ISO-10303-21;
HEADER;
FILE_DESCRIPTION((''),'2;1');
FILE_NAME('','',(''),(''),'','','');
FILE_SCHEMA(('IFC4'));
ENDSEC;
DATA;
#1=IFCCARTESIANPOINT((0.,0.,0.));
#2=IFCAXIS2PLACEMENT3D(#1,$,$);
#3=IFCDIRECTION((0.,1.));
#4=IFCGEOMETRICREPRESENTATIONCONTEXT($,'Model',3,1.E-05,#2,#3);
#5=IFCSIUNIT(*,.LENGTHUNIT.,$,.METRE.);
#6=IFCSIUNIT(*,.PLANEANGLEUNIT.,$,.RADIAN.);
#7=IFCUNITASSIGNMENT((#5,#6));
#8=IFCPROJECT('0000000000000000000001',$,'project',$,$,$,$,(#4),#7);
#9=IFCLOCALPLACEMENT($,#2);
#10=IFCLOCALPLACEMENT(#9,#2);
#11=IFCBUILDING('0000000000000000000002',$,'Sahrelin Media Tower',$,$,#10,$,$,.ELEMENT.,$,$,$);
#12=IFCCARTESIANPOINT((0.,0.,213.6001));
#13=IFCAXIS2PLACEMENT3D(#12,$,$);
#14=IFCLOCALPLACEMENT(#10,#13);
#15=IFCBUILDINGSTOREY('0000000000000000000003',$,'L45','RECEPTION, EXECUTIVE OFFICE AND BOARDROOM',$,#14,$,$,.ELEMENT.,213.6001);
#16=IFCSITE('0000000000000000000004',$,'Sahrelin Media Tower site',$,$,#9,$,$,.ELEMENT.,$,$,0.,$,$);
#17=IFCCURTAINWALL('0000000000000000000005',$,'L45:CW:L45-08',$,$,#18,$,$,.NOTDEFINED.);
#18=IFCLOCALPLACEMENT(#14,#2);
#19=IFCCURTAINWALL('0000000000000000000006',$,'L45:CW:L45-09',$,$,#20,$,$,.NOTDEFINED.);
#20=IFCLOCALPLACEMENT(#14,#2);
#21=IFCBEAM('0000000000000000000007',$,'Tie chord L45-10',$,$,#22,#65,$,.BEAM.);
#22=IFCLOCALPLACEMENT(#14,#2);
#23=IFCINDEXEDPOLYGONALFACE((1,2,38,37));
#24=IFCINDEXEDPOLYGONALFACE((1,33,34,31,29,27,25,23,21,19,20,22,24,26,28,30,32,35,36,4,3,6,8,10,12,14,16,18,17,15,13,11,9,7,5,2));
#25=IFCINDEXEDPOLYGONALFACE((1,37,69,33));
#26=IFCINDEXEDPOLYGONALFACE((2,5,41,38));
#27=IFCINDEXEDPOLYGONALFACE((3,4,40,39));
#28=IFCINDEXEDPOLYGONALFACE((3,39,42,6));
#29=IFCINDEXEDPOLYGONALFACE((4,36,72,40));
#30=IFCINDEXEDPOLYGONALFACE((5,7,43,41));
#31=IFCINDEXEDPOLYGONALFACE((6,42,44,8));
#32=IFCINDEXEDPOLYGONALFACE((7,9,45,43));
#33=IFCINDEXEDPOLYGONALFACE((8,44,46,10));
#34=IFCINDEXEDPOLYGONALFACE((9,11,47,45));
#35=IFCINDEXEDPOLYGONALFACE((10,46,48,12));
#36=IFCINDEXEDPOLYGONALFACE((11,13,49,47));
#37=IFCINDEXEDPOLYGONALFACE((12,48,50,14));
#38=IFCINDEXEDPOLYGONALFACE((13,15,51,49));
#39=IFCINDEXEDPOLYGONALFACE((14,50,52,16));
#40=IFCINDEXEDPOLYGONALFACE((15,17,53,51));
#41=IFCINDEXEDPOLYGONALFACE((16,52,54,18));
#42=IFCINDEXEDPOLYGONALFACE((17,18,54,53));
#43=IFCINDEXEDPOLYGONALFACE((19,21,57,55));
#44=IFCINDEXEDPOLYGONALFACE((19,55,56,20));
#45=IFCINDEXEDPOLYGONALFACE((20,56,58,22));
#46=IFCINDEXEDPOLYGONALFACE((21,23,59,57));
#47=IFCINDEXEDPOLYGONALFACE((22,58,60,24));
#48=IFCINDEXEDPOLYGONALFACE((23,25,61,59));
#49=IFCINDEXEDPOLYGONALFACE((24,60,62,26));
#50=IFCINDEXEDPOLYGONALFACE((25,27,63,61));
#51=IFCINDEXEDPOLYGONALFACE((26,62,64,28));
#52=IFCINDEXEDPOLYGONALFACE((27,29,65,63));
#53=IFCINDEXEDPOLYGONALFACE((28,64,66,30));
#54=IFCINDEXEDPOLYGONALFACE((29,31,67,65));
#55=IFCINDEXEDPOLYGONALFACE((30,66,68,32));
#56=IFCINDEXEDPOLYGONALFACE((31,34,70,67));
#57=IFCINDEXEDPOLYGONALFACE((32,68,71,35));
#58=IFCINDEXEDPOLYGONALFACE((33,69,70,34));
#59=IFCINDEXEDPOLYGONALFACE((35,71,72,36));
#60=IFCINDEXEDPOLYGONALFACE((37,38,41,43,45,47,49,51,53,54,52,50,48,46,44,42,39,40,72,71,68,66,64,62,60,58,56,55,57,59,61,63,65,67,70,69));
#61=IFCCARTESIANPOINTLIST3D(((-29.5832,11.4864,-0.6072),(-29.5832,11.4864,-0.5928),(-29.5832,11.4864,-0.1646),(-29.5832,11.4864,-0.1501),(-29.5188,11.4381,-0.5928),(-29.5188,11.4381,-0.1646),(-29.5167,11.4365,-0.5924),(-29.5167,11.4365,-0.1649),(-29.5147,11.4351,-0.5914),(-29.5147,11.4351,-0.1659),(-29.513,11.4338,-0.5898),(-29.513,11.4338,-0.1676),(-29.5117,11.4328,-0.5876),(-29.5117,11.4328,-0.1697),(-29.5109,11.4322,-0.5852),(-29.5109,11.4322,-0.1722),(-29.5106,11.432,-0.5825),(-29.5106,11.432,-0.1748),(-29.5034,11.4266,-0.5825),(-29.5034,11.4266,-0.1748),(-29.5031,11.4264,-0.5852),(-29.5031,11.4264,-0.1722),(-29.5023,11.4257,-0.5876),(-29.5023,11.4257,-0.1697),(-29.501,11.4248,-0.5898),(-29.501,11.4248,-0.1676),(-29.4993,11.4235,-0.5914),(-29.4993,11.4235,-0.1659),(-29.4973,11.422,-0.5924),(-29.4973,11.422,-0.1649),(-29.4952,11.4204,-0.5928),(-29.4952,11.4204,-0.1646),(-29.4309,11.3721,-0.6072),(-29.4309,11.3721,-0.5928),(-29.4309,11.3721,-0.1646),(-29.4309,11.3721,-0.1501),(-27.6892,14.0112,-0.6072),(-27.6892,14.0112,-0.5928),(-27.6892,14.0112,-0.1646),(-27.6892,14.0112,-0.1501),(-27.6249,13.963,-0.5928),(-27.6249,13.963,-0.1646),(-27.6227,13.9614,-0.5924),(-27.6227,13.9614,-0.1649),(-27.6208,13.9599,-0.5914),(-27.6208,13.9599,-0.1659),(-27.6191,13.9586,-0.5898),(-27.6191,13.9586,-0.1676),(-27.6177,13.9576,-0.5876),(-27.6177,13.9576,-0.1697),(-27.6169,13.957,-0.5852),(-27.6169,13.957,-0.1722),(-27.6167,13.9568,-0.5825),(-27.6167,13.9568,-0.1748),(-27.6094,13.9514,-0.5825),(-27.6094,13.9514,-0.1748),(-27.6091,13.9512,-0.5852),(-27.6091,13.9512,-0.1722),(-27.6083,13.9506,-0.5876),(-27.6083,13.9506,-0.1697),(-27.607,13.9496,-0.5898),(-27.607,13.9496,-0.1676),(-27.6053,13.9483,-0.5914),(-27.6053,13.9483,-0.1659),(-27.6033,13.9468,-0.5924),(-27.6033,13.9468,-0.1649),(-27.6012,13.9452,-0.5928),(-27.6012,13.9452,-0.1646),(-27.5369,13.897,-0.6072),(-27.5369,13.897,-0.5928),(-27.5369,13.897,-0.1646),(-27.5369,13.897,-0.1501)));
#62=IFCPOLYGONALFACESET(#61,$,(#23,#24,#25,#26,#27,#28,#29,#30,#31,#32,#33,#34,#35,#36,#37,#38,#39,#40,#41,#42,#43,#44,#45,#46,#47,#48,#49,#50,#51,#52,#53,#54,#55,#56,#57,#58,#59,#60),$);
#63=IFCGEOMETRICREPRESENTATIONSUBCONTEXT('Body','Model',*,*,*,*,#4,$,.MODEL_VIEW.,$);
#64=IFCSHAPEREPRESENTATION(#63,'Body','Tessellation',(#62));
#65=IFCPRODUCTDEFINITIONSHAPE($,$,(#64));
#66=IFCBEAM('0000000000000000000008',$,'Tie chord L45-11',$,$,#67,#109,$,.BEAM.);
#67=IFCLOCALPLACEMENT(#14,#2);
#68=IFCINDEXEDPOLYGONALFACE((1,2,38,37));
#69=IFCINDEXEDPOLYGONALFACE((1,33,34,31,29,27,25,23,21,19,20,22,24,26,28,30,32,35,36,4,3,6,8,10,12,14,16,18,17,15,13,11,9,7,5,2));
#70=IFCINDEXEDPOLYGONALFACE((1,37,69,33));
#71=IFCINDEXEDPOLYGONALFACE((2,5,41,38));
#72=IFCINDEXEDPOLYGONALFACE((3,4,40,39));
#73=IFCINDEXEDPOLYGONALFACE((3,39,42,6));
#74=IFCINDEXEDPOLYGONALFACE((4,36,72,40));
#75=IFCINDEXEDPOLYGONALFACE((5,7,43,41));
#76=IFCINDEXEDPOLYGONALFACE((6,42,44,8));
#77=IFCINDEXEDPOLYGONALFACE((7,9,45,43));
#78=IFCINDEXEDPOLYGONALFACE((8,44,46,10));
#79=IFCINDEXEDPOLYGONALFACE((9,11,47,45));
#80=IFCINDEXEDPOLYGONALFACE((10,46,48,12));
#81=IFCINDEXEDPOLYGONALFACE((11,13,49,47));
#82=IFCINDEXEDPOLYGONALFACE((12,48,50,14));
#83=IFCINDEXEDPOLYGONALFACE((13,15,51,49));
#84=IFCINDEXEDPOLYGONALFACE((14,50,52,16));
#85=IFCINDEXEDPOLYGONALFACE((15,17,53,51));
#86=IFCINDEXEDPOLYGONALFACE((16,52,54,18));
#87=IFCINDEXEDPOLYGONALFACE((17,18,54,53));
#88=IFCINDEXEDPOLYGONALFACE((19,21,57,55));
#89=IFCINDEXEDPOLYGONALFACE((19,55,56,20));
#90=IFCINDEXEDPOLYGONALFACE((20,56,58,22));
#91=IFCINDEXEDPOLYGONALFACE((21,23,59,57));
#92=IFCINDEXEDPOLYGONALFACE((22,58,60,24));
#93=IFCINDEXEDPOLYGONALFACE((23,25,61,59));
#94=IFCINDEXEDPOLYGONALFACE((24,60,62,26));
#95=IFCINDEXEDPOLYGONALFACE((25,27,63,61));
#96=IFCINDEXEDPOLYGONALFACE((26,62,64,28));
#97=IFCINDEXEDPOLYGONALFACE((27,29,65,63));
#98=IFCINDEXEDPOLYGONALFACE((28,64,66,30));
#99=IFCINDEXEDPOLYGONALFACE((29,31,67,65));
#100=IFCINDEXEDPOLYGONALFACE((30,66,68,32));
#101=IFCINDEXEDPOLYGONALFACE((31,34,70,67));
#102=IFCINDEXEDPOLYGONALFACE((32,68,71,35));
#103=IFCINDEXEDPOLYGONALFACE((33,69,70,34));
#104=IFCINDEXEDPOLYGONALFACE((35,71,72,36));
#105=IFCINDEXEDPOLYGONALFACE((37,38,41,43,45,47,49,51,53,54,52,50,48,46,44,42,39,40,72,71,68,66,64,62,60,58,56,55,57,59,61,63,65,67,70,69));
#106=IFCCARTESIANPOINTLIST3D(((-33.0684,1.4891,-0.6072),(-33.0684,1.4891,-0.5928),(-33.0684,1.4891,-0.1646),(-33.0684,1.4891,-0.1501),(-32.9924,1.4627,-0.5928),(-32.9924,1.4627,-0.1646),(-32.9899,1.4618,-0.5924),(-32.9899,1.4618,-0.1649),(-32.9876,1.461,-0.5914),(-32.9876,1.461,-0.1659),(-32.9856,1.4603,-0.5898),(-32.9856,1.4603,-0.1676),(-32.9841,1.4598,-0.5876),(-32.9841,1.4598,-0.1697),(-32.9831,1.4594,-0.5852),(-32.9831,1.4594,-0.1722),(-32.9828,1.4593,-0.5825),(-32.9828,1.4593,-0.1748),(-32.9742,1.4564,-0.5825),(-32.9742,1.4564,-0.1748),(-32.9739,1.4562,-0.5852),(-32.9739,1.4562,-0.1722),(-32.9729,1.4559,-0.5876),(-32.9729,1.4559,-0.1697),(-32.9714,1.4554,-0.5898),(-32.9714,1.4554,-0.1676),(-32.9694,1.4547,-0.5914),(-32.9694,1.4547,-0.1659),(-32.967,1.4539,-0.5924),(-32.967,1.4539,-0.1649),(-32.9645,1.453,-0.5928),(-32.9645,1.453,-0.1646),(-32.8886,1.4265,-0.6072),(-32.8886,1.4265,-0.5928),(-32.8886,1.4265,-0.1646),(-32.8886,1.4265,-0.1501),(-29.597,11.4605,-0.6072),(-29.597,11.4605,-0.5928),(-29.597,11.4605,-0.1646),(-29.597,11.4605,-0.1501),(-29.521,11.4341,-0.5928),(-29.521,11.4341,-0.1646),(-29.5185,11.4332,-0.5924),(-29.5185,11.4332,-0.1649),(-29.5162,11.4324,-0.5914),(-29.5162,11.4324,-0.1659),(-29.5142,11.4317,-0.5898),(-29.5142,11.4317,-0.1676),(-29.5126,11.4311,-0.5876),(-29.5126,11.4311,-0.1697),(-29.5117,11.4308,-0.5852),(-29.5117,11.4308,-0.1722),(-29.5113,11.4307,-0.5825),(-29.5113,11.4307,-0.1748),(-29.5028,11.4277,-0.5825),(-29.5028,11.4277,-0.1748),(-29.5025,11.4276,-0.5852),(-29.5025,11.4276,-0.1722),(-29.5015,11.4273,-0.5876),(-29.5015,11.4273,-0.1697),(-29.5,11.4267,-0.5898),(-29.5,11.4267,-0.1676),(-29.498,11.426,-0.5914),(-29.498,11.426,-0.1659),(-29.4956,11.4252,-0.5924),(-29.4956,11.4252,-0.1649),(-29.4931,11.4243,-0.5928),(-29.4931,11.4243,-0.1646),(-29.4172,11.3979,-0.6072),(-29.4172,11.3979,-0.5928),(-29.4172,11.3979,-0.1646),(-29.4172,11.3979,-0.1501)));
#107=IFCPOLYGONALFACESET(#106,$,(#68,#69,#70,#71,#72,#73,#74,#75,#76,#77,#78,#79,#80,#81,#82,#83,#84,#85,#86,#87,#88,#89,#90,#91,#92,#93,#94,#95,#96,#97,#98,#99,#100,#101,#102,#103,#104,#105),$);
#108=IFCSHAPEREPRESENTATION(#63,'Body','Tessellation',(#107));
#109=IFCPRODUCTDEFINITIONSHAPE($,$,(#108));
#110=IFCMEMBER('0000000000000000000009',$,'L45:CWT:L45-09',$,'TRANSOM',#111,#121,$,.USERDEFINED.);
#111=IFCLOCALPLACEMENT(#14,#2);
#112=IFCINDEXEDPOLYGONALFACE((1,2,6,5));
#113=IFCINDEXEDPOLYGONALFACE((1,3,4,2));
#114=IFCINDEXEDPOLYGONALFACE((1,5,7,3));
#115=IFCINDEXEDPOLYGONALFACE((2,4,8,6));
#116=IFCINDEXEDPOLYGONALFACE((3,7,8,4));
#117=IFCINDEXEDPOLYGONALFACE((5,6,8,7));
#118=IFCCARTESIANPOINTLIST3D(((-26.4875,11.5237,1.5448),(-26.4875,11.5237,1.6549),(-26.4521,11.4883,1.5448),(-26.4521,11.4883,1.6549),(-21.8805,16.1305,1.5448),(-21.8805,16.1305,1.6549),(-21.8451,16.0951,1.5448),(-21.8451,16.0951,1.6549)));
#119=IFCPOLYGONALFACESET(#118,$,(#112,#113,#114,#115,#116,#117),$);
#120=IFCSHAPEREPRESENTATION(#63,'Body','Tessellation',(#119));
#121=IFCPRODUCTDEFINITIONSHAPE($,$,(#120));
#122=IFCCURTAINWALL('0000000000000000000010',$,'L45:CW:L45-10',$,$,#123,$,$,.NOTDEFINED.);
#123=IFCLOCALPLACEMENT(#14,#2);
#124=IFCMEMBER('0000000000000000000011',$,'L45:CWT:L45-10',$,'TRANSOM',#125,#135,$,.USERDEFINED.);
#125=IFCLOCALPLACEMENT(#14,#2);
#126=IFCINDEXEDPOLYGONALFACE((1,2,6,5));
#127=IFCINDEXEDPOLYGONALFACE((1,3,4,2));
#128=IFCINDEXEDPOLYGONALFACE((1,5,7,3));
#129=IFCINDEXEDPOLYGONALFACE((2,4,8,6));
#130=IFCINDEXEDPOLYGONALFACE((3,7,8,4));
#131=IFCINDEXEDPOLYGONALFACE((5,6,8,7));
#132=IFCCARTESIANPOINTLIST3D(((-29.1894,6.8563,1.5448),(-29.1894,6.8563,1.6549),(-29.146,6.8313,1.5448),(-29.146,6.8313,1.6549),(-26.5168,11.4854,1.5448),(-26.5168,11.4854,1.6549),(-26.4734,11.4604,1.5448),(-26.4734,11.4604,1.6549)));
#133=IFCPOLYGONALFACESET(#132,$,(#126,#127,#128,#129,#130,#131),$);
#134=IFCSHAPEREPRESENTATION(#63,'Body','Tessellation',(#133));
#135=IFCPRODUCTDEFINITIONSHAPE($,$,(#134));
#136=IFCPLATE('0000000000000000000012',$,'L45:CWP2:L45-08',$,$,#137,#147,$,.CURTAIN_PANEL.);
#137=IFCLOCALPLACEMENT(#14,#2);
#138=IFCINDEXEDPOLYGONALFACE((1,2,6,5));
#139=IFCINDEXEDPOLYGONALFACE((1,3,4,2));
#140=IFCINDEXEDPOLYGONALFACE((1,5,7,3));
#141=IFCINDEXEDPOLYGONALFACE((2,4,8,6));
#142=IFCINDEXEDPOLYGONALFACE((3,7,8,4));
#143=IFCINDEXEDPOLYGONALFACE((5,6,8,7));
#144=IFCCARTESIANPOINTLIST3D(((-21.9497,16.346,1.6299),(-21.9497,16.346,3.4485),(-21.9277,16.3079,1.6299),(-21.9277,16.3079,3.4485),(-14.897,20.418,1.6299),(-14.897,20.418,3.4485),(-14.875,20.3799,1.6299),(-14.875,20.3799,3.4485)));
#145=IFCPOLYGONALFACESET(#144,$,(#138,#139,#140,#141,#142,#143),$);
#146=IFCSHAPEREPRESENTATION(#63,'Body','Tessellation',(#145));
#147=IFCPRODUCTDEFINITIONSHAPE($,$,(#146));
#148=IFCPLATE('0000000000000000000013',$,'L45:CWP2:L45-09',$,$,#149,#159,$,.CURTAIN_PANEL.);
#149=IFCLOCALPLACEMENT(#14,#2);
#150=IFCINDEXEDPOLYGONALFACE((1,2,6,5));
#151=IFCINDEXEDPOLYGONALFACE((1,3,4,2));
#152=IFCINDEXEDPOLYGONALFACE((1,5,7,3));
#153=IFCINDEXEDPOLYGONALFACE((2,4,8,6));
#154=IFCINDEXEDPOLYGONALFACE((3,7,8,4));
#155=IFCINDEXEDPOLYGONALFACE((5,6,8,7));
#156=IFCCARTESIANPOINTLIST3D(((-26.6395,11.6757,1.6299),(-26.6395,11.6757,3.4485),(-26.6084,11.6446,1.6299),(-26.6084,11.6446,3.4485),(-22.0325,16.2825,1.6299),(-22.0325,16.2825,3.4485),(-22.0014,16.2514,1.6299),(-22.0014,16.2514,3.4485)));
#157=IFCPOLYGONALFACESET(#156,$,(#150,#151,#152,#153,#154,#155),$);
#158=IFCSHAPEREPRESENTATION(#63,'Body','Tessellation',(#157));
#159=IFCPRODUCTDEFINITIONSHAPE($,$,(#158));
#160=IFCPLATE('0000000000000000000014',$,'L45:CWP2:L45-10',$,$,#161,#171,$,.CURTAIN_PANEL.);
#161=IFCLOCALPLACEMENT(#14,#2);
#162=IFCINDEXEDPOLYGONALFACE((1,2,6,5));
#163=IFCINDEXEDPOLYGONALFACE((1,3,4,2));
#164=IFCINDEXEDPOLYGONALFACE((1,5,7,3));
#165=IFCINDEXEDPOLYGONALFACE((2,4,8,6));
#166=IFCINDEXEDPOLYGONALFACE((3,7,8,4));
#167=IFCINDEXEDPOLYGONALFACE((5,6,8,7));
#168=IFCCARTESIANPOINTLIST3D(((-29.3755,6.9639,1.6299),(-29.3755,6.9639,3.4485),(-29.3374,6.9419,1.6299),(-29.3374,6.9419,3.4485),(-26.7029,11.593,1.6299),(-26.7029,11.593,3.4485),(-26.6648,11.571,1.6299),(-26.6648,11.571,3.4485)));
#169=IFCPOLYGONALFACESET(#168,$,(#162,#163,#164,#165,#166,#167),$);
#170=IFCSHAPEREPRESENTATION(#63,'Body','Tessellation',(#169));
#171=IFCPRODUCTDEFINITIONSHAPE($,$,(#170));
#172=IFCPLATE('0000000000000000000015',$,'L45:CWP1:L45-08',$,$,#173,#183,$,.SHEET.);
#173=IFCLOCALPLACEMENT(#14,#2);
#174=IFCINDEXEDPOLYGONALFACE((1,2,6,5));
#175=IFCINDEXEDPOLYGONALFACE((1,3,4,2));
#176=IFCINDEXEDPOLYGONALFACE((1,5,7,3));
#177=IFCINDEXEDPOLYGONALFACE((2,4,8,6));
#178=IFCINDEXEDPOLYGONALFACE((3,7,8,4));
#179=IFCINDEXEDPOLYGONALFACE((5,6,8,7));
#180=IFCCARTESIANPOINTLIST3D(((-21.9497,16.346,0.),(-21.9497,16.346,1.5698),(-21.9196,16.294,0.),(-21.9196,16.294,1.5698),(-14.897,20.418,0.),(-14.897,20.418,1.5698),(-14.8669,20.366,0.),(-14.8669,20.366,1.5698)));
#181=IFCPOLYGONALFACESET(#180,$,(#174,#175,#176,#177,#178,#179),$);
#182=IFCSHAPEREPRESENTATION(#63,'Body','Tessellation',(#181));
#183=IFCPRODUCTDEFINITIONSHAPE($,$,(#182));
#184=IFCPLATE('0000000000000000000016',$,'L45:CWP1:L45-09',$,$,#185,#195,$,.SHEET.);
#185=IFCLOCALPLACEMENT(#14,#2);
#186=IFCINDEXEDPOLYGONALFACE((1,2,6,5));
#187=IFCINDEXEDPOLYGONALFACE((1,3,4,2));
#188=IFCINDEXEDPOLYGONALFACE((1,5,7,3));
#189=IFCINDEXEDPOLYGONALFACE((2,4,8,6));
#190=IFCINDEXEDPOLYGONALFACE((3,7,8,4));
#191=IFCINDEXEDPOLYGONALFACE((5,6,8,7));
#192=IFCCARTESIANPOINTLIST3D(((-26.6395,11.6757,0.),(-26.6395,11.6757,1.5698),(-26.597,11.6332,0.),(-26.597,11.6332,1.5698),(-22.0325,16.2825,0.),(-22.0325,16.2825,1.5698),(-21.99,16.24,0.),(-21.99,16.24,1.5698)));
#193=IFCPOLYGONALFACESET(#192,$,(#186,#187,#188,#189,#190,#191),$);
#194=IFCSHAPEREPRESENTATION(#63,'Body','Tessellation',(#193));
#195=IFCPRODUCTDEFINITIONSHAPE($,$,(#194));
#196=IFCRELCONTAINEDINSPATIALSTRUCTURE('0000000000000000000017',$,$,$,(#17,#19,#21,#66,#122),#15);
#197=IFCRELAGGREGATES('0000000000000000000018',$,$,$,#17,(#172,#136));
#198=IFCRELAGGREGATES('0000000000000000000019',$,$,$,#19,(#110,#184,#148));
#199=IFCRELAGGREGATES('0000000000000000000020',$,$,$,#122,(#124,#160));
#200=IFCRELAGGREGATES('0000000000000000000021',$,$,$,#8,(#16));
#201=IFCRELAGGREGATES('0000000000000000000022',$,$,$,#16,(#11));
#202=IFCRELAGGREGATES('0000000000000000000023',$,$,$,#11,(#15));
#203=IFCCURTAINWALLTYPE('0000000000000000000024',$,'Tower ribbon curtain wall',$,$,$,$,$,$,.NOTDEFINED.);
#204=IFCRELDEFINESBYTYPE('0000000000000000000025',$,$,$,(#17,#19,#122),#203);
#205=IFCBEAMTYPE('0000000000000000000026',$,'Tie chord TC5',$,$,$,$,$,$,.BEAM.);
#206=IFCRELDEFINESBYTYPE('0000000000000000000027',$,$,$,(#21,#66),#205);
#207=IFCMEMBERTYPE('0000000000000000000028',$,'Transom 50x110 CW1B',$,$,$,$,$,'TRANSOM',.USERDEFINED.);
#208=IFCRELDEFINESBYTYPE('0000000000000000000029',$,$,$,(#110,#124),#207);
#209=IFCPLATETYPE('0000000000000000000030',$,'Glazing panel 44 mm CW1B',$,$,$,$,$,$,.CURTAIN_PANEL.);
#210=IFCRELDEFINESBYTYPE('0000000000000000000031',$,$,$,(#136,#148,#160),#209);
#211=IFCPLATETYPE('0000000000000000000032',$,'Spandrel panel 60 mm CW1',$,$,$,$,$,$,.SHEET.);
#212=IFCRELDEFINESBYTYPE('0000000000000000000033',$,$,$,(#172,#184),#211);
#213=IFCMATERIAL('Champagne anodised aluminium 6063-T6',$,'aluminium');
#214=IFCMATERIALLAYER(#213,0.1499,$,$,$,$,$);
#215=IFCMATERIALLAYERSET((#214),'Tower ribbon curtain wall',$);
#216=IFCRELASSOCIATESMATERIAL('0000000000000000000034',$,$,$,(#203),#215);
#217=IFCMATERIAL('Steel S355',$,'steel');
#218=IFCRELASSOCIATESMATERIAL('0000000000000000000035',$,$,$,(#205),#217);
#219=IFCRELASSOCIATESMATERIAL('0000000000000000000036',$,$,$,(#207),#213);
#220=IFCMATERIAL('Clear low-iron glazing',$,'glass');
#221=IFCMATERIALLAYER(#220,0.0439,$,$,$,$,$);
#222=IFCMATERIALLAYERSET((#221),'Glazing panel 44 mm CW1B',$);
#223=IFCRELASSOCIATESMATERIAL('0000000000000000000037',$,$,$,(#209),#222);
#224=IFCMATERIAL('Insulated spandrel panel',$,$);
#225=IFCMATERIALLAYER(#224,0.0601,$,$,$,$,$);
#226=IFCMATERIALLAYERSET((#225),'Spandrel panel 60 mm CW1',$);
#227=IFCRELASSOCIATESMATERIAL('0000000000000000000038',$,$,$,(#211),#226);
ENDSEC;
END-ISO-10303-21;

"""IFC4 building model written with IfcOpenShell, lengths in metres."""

from ifc_helpers import new_model, si_unit, direction, frame, origin, origin_2d, place, context, subcontext, project, spatial, polyline, rectangle, i_section, outline, extrude, material, layer, layer_set, material_profile, profile_set, type_object, element, aggregate, save


model = new_model("IFC4")

# Units and contexts
model_context = context("Model", 3, precision=1e-05, world=origin(), true_north=direction((0.0, 1.0)))
body_context = subcontext(model_context, "Body", "Model", "MODEL_VIEW")
ifc_project = project(units=[si_unit("LENGTHUNIT", "METRE"), si_unit("PLANEANGLEUNIT", "RADIAN")], contexts=[model_context])

# Site, building, storey
site_placement = place(None, origin())
site = spatial("IfcSite", under=ifc_project, at=site_placement, Name="Sahrelin Media Tower site", CompositionType="ELEMENT", RefElevation=0.0)
building_placement = place(site_placement, origin())
building = spatial("IfcBuilding", under=site, at=building_placement, Name="Sahrelin Media Tower", CompositionType="ELEMENT")
storey_placement = place(building_placement, frame((0.0, 0.0, 213.6001)))
storey = spatial("IfcBuildingStorey", under=building, at=storey_placement, Name="L45", Description="RECEPTION, EXECUTIVE OFFICE AND BOARDROOM", CompositionType="ELEMENT", Elevation=213.6001)

# Shared definitions
ifc_material_1 = material(Name="Steel S355", Category="steel")

# Curtain walls
ifc_material_2 = material(Name="Champagne anodised aluminium 6063-T6", Category="aluminium")
ifc_layer_1 = layer(ifc_material_2, 0.1499)
ifc_layer_set_1 = layer_set([ifc_layer_1], Name="Tower ribbon curtain wall")
curtain_wall_type = type_object("IfcCurtainWallType", Name="Tower ribbon curtain wall", PredefinedType="NOTDEFINED", material=ifc_layer_set_1)
curtain_wall_1_placement = place(storey_placement, frame((-18.4133, 18.3647, 0.0), z_axis=(0.0, 0.0, 1.0), x_axis=(1.0, 0.0, 0.0)))
curtain_wall_1 = element("IfcCurtainWall", 1, at=curtain_wall_1_placement, inside=storey, type_object=curtain_wall_type, Name="L45:CW:L45-08", PredefinedType="NOTDEFINED")
curtain_wall_2_placement = place(storey_placement, frame((-24.3218, 13.9651, 0.0), z_axis=(0.0, 0.0, 1.0), x_axis=(1.0, 0.0, 0.0)))
curtain_wall_2 = element("IfcCurtainWall", 2, at=curtain_wall_2_placement, inside=storey, type_object=curtain_wall_type, Name="L45:CW:L45-09", PredefinedType="NOTDEFINED")

# Beams
ifc_material_profile_1 = material_profile(ifc_material_1, i_section(OverallWidth=0.1904, OverallDepth=0.457, WebThickness=0.009, FlangeThickness=0.0144, FilletRadius=0.0103, at=origin_2d()), Name="UB 457x191x74")
ifc_profile_set_1 = profile_set([ifc_material_profile_1], Name="Steel S355")
beam_type_1 = type_object("IfcBeamType", Name="Tie chord TC5", PredefinedType="BEAM", material=ifc_profile_set_1)
beam_1_placement = place(storey_placement, frame((-27.613, 13.9541, -0.3787), z_axis=(-0.600074, -0.799944, 0.0), x_axis=(0.799944, -0.600074, 0.0)))
element("IfcBeam", 3, at=beam_1_placement, inside=storey, type_object=beam_type_1, Name="Tie chord L45-10", PredefinedType="BEAM", context=body_context, shape_type="SweptSolid", body=[
    extrude(i_section(OverallWidth=0.1904, OverallDepth=0.457, WebThickness=0.009, FlangeThickness=0.0144, FilletRadius=0.0103, at=origin_2d()), origin(), (0.0, 0.0, 1.0), 3.1562),
])
beam_2_placement = place(storey_placement, frame((-29.5071, 11.4292, -0.3787), z_axis=(-0.328783, -0.944405, 0.0), x_axis=(0.944405, -0.328783, 0.0)))
element("IfcBeam", 4, at=beam_2_placement, inside=storey, type_object=beam_type_1, Name="Tie chord L45-11", PredefinedType="BEAM", context=body_context, shape_type="SweptSolid", body=[
    extrude(i_section(OverallWidth=0.1904, OverallDepth=0.457, WebThickness=0.009, FlangeThickness=0.0144, FilletRadius=0.0103, at=origin_2d()), origin(), (0.0, 0.0, 1.0), 10.5583),
])

# Member
ifc_material_profile_2 = material_profile(ifc_material_2, rectangle(XDim=0.05, YDim=0.1101, at=origin_2d()), Name="Transom 50x110")
ifc_profile_set_2 = profile_set([ifc_material_profile_2], Name="Champagne anodised aluminium 6063-T6")
member_type_1 = type_object("IfcMemberType", Name="Transom 50x110 CW1B", ElementType="TRANSOM", PredefinedType="USERDEFINED", material=ifc_profile_set_2)
member_1_placement = place(storey_placement, frame((-21.8628, 16.1128, 1.5999), z_axis=(-0.707126, -0.707088, 0.0), x_axis=(0.707088, -0.707126, 0.0)))
member_1 = element("IfcMember", 5, at=member_1_placement, type_object=member_type_1, Name="L45:CWT:L45-09", ObjectType="TRANSOM", PredefinedType="USERDEFINED", context=body_context, shape_type="SweptSolid", body=[
    extrude(rectangle(XDim=0.05, YDim=0.1101, at=origin_2d()), origin(), (0.0, 0.0, 1.0), 6.5151),
])

# Curtain wall, member
curtain_wall_3_placement = place(storey_placement, frame((-28.022, 9.2683, 0.0), z_axis=(0.0, 0.0, 1.0), x_axis=(1.0, 0.0, 0.0)))
curtain_wall_3 = element("IfcCurtainWall", 6, at=curtain_wall_3_placement, inside=storey, type_object=curtain_wall_type, Name="L45:CW:L45-10", PredefinedType="NOTDEFINED")
member_2_placement = place(storey_placement, frame((-26.4951, 11.4729, 1.5999), z_axis=(-0.499995, -0.866028, 0.0), x_axis=(0.866028, -0.499995, 0.0)))
member_2 = element("IfcMember", 7, at=member_2_placement, type_object=member_type_1, Name="L45:CWT:L45-10", ObjectType="TRANSOM", PredefinedType="USERDEFINED", context=body_context, shape_type="SweptSolid", body=[
    extrude(rectangle(XDim=0.05, YDim=0.1101, at=origin_2d()), origin(), (0.0, 0.0, 1.0), 5.3452),
])

# Plates
ifc_material_3 = material(Name="Clear low-iron glazing", Category="glass")
ifc_layer_2 = layer(ifc_material_3, 0.0439)
ifc_layer_set_2 = layer_set([ifc_layer_2], Name="Glazing panel 44 mm CW1B")
plate_type_1 = type_object("IfcPlateType", Name="Glazing panel 44 mm CW1B", PredefinedType="CURTAIN_PANEL", material=ifc_layer_set_2)
plate_1_placement = place(storey_placement, frame((-14.897, 20.418, 1.6299), z_axis=(-0.500011, 0.866019, 0.0), x_axis=(-0.866019, -0.500011, 0.0)))
plate_1 = element("IfcPlate", 8, at=plate_1_placement, type_object=plate_type_1, Name="L45:CWP2:L45-08", PredefinedType="CURTAIN_PANEL", context=body_context, shape_type="SweptSolid", body=[
    extrude(outline(polyline([(0.0, 0.0), (8.1438, 0.0), (8.1438, 1.8186), (0.0, 1.8186), (0.0, 0.0)])), origin(), (0.0, 0.0, -1.0), 0.0439),
])
plate_2_placement = place(storey_placement, frame((-22.0325, 16.2825, 1.6299), z_axis=(-0.707088, 0.707126, 0.0), x_axis=(-0.707126, -0.707088, 0.0)))
plate_2 = element("IfcPlate", 9, at=plate_2_placement, type_object=plate_type_1, Name="L45:CWP2:L45-09", PredefinedType="CURTAIN_PANEL", context=body_context, shape_type="SweptSolid", body=[
    extrude(outline(polyline([(0.0, 0.0), (6.5151, 0.0), (6.5151, 1.8186), (0.0, 1.8186), (0.0, 0.0)])), origin(), (0.0, 0.0, -1.0), 0.0439),
])
plate_3_placement = place(storey_placement, frame((-26.7029, 11.593, 1.6299), z_axis=(-0.866028, 0.499995, 0.0), x_axis=(-0.499995, -0.866028, 0.0)))
plate_3 = element("IfcPlate", 10, at=plate_3_placement, type_object=plate_type_1, Name="L45:CWP2:L45-10", PredefinedType="CURTAIN_PANEL", context=body_context, shape_type="SweptSolid", body=[
    extrude(outline(polyline([(0.0, 0.0), (5.3452, 0.0), (5.3452, 1.8186), (0.0, 1.8186), (0.0, 0.0)])), origin(), (0.0, 0.0, -1.0), 0.0439),
])
ifc_material_4 = material(Name="Insulated spandrel panel")
ifc_layer_3 = layer(ifc_material_4, 0.0601)
ifc_layer_set_3 = layer_set([ifc_layer_3], Name="Spandrel panel 60 mm CW1")
plate_type_2 = type_object("IfcPlateType", Name="Spandrel panel 60 mm CW1", PredefinedType="SHEET", material=ifc_layer_set_3)
plate_4_placement = place(storey_placement, frame((-14.897, 20.418, 0.0), z_axis=(-0.500011, 0.866019, 0.0), x_axis=(-0.866019, -0.500011, 0.0)))
plate_4 = element("IfcPlate", 11, at=plate_4_placement, type_object=plate_type_2, Name="L45:CWP1:L45-08", PredefinedType="SHEET", context=body_context, shape_type="SweptSolid", body=[
    extrude(outline(polyline([(0.0, 0.0), (8.1438, 0.0), (8.1438, 1.5698), (0.0, 1.5698), (0.0, 0.0)])), origin(), (0.0, 0.0, -1.0), 0.0601),
])
aggregate(curtain_wall_1, [plate_4, plate_1])
plate_5_placement = place(storey_placement, frame((-22.0325, 16.2825, 0.0), z_axis=(-0.707088, 0.707126, 0.0), x_axis=(-0.707126, -0.707088, 0.0)))
plate_5 = element("IfcPlate", 12, at=plate_5_placement, type_object=plate_type_2, Name="L45:CWP1:L45-09", PredefinedType="SHEET", context=body_context, shape_type="SweptSolid", body=[
    extrude(outline(polyline([(0.0, 0.0), (6.5151, 0.0), (6.5151, 1.5698), (0.0, 1.5698), (0.0, 0.0)])), origin(), (0.0, 0.0, -1.0), 0.0601),
])
aggregate(curtain_wall_2, [member_1, plate_5, plate_2])
aggregate(curtain_wall_3, [member_2, plate_3])

save(model, "model.ifc")
